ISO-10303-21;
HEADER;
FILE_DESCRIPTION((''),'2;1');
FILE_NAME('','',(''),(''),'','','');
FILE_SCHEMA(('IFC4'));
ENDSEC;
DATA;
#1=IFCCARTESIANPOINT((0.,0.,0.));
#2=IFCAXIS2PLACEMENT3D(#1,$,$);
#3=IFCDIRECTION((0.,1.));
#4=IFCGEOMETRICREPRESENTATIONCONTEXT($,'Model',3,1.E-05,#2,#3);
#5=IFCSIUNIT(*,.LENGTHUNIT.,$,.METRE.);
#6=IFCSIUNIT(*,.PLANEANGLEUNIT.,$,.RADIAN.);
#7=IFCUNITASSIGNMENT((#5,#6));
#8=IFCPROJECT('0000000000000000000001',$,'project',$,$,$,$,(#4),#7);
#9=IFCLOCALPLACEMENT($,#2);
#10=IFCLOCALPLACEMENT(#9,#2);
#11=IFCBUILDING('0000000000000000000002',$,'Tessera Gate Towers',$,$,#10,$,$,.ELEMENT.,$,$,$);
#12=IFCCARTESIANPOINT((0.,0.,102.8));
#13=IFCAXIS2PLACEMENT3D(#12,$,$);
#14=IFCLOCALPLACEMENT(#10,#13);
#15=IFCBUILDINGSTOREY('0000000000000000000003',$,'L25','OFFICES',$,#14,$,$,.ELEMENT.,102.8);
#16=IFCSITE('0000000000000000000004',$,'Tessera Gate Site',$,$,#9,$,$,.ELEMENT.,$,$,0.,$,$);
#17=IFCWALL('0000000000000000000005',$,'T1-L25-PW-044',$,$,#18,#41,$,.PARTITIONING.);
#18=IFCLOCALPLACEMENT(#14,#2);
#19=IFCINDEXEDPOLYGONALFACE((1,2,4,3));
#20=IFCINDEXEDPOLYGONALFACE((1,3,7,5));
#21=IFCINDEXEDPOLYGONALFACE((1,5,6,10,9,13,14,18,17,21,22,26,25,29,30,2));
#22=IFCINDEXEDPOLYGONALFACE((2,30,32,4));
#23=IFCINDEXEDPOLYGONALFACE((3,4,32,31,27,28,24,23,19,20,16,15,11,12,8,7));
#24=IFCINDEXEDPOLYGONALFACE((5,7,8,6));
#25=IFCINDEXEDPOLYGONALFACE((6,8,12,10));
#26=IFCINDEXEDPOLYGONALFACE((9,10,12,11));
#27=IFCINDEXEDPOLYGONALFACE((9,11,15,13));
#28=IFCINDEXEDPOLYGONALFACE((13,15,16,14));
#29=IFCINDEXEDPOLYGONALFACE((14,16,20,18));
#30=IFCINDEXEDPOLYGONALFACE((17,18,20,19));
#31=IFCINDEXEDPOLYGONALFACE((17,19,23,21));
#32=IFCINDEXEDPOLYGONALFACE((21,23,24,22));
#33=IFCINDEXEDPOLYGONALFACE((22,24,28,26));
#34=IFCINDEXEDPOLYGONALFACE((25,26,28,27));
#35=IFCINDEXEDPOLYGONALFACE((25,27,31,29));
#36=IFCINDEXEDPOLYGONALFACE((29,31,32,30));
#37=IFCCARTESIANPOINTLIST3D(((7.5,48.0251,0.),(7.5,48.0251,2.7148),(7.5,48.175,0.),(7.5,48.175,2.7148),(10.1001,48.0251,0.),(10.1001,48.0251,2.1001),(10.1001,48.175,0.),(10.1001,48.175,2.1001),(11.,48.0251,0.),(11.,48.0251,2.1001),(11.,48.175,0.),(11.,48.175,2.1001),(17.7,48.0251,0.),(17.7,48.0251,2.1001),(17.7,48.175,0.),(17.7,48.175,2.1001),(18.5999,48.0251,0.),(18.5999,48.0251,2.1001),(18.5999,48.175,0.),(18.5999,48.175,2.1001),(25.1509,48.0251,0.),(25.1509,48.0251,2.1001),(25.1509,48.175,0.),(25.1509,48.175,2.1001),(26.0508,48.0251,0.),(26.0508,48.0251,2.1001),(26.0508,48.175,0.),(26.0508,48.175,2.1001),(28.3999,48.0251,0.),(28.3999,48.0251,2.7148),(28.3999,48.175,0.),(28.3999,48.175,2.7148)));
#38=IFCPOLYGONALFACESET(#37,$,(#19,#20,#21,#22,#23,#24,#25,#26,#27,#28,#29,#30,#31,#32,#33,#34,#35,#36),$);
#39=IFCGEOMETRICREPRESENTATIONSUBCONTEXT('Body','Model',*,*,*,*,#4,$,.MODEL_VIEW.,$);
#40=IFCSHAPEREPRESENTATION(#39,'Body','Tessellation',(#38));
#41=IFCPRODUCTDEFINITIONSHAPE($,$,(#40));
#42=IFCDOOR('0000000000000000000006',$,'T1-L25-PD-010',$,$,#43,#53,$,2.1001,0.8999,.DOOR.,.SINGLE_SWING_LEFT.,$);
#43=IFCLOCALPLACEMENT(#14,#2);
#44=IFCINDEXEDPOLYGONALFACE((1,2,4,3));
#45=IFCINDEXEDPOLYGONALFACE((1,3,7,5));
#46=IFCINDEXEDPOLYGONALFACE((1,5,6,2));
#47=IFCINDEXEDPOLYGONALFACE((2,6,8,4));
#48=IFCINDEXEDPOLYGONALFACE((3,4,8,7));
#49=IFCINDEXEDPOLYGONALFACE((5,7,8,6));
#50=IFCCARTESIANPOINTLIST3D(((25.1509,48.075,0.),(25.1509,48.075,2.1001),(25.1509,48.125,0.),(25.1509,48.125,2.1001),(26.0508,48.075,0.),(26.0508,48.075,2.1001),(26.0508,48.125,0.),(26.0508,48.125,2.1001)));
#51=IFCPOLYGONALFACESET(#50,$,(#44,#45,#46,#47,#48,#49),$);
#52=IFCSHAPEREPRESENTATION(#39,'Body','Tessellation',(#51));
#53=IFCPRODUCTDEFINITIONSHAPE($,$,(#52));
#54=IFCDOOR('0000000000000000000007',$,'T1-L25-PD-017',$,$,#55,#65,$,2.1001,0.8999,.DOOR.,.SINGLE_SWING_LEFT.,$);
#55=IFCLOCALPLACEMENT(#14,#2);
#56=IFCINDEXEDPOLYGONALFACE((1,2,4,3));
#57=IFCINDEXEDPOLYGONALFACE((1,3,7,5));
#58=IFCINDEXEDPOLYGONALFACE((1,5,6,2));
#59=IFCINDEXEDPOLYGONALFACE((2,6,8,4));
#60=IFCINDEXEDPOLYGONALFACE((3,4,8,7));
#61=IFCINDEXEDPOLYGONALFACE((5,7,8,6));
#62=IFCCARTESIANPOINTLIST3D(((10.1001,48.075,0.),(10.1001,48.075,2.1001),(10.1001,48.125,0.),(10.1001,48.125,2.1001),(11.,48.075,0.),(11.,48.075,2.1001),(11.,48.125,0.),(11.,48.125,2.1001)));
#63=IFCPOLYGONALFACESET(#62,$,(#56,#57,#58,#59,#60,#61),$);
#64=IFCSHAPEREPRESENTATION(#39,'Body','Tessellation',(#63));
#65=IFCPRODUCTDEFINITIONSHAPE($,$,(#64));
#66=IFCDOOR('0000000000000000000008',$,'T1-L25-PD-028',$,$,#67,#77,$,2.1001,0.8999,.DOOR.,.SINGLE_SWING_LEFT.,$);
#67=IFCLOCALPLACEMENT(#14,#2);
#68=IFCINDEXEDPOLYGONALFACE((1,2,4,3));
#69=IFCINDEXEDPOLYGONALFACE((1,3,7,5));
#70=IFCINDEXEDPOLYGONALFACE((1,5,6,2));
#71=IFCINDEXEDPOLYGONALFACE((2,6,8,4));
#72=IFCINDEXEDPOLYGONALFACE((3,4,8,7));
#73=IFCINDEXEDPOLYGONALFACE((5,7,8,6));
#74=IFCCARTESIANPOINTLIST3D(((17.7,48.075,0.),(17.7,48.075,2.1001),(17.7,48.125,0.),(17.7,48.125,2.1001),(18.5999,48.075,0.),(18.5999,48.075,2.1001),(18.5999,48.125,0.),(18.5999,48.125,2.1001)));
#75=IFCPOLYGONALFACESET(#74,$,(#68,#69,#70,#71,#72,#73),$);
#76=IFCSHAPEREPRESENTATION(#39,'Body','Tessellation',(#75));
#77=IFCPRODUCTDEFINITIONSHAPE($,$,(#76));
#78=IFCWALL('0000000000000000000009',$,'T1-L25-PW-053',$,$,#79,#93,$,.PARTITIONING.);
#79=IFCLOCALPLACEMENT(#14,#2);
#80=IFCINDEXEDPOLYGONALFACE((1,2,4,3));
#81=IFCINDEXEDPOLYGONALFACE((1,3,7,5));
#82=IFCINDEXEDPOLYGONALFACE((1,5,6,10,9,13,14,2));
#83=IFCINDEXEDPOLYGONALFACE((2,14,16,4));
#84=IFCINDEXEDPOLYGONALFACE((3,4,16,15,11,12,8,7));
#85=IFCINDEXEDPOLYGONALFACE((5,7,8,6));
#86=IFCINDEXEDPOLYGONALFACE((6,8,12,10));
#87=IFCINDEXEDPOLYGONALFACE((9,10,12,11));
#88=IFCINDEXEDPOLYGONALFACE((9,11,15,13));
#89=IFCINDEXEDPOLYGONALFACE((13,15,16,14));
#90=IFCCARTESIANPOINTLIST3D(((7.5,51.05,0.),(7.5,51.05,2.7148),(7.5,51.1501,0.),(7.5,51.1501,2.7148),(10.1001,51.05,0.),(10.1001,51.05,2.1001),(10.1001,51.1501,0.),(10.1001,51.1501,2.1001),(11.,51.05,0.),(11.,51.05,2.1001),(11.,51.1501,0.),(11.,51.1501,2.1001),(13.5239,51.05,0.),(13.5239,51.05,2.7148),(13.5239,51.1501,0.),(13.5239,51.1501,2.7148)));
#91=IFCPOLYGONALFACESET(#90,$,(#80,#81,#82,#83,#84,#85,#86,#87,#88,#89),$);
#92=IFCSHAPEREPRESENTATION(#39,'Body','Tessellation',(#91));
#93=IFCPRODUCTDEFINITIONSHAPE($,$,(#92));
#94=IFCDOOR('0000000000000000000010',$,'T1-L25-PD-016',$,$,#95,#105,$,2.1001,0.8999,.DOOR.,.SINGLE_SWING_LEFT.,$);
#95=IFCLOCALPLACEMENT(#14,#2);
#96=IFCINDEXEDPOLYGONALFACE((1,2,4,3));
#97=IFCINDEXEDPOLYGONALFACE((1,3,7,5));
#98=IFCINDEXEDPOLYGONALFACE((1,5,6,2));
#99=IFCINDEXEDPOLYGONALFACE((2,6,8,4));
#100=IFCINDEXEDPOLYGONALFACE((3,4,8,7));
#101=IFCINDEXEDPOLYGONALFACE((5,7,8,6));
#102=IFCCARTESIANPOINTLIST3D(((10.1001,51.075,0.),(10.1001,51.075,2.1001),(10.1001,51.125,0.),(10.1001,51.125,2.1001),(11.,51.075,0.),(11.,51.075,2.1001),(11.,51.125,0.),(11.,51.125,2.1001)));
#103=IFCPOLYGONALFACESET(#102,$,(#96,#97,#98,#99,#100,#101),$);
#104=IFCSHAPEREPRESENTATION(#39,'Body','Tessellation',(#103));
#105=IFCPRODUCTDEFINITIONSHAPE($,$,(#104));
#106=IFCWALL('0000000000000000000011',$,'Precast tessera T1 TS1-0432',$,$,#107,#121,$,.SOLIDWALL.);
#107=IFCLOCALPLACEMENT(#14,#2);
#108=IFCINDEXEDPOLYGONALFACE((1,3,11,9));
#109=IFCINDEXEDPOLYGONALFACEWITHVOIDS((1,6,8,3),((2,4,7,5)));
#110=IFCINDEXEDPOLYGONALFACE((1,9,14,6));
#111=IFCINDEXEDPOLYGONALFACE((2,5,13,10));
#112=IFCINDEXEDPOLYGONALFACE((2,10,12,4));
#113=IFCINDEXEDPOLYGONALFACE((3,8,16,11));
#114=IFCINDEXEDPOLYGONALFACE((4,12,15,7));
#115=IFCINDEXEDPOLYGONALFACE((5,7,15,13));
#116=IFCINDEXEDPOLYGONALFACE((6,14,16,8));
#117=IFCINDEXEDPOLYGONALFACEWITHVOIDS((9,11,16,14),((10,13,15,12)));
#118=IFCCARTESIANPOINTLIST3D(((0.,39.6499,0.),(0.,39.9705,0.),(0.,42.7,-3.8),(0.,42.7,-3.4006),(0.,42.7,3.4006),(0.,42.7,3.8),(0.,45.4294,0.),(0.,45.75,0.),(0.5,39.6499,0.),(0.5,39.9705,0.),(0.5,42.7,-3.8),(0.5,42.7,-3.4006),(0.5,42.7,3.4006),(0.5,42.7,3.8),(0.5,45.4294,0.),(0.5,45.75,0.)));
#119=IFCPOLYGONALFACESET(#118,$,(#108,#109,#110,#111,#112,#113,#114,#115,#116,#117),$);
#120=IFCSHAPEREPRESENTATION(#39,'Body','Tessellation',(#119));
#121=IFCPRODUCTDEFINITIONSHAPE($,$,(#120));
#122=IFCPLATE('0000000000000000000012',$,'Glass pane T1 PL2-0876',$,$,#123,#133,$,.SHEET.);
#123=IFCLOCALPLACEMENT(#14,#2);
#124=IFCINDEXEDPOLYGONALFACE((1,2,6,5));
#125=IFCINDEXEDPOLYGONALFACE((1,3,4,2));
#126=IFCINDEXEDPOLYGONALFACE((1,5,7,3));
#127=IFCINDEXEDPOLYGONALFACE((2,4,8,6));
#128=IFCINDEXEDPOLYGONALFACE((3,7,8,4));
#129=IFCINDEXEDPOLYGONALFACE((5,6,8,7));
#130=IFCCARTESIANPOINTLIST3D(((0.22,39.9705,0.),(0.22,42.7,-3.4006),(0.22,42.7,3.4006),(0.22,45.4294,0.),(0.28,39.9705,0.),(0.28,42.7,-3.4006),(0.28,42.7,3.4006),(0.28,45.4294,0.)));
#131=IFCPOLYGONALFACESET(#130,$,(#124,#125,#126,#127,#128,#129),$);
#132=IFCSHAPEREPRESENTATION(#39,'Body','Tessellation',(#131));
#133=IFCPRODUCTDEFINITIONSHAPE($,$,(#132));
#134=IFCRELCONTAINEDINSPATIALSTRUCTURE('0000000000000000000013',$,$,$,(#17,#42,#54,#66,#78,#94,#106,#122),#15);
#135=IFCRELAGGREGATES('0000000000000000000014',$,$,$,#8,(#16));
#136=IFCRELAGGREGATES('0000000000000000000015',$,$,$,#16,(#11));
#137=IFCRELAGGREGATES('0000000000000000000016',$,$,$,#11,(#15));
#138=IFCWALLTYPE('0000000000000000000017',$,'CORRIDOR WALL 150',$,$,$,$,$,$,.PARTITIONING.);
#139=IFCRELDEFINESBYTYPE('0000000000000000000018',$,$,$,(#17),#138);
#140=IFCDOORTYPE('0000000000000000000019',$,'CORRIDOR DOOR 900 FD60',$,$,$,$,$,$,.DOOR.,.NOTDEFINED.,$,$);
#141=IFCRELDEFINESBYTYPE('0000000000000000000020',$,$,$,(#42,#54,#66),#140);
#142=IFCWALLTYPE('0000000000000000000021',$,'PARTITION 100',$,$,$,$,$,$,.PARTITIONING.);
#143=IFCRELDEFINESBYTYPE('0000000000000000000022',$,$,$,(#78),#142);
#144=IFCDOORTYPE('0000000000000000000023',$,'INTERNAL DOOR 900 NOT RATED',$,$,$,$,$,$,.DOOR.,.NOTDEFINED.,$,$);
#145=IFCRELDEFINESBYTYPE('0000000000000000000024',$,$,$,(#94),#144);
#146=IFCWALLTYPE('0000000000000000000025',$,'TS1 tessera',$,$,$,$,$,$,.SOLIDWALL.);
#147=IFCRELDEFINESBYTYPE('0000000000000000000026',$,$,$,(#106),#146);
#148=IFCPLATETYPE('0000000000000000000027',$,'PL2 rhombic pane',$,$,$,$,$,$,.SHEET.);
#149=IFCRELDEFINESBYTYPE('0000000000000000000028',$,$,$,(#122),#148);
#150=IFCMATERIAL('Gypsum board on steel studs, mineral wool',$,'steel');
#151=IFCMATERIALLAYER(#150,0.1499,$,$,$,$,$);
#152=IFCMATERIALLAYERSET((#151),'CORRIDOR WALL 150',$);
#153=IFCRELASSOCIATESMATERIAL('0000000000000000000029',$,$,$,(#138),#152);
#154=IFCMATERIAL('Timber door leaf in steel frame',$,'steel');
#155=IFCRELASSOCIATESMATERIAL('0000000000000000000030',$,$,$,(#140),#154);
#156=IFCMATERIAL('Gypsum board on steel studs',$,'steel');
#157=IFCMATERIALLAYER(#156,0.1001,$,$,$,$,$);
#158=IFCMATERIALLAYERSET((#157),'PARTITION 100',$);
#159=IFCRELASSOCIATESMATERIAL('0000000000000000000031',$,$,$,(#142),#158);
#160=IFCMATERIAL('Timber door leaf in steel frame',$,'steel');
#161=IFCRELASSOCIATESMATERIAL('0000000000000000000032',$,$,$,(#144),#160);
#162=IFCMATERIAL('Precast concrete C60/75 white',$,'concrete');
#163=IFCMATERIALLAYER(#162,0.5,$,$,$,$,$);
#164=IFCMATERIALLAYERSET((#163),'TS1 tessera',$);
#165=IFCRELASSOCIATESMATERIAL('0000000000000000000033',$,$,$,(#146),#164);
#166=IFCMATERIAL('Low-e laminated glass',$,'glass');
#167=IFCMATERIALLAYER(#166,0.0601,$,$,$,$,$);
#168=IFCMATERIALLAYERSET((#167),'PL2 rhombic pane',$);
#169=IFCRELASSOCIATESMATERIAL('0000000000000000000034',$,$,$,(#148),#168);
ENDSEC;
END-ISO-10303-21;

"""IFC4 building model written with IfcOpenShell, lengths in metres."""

from ifc_helpers import new_model, si_unit, direction, frame, frame_2d, origin, place, context, subcontext, project, spatial, polyline, rectangle, outline, extrude, source, transform, mapped, material, layer, layer_set, type_object, element, fill, save


model = new_model("IFC4")

# Units and contexts
model_context = context("Model", 3, precision=1e-05, world=origin(), true_north=direction((0.0, 1.0)))
body_context = subcontext(model_context, "Body", "Model", "MODEL_VIEW")
ifc_project = project(units=[si_unit("LENGTHUNIT", "METRE"), si_unit("PLANEANGLEUNIT", "RADIAN")], contexts=[model_context])

# Site, building, storey
site_placement = place(None, origin())
site = spatial("IfcSite", under=ifc_project, at=site_placement, Name="Tessera Gate Site", CompositionType="ELEMENT", RefElevation=0.0)
building_placement = place(site_placement, origin())
building = spatial("IfcBuilding", under=site, at=building_placement, Name="Tessera Gate Towers", CompositionType="ELEMENT")
storey_placement = place(building_placement, frame((0.0, 0.0, 102.8)))
storey = spatial("IfcBuildingStorey", under=building, at=storey_placement, Name="L25", Description="OFFICES", CompositionType="ELEMENT", Elevation=102.8)

# Wall, openings, doors
ifc_material_1 = material(Name="Gypsum board on steel studs, mineral wool", Category="steel")
ifc_layer_1 = layer(ifc_material_1, 0.1499)
ifc_layer_set_1 = layer_set([ifc_layer_1], Name="CORRIDOR WALL 150")
wall_type_1 = type_object("IfcWallType", Name="CORRIDOR WALL 150", PredefinedType="PARTITIONING", material=ifc_layer_set_1)
wall_1_placement = place(storey_placement, frame((7.5, 48.1001, 0.0), z_axis=(0.0, 0.0, 1.0), x_axis=(1.0, 0.0, 0.0)))
wall_1 = element("IfcWall", 1, at=wall_1_placement, inside=storey, type_object=wall_type_1, Name="T1-L25-PW-044", PredefinedType="PARTITIONING", context=body_context, shape_type="SweptSolid", body=[
    extrude(rectangle(XDim=20.8999, YDim=0.1499, at=frame_2d((10.45, 0.0))), origin(), (0.0, 0.0, 1.0), 2.7148),
])
shared_shape_1 = source(origin(), body_context, "Body", "SweptSolid", [
    extrude(rectangle(XDim=0.8999, YDim=2.1001, at=frame_2d((0.45, 1.05))), frame((0.0, 0.085, 0.0), z_axis=(0.0, -1.0, 0.0), x_axis=(1.0, 0.0, 0.0)), (0.0, 0.0, 1.0), 0.1699),
])
opening_1_placement = place(wall_1_placement, frame((17.6509, 0.0, 0.0)))
opening_1 = element("IfcOpeningElement", 2, at=opening_1_placement, cuts=wall_1, PredefinedType="OPENING", context=body_context, shape_type="MappedRepresentation", body=[
    mapped(shared_shape_1, transform((0.0, 0.0, 0.0), scale=1.0)),
])
opening_2_placement = place(wall_1_placement, frame((2.6001, 0.0, 0.0)))
opening_2 = element("IfcOpeningElement", 3, at=opening_2_placement, cuts=wall_1, PredefinedType="OPENING", context=body_context, shape_type="MappedRepresentation", body=[
    mapped(shared_shape_1, transform((0.0, 0.0, 0.0), scale=1.0)),
])
opening_3_placement = place(wall_1_placement, frame((10.2, 0.0, 0.0)))
opening_3 = element("IfcOpeningElement", 4, at=opening_3_placement, cuts=wall_1, PredefinedType="OPENING", context=body_context, shape_type="MappedRepresentation", body=[
    mapped(shared_shape_1, transform((0.0, 0.0, 0.0), scale=1.0)),
])
ifc_material_2 = material(Name="Timber door leaf in steel frame", Category="steel")
door_type_1 = type_object("IfcDoorType", Name="CORRIDOR DOOR 900 FD60", OperationType="NOTDEFINED", PredefinedType="DOOR", material=ifc_material_2)
shared_shape_2 = source(origin(), body_context, "Body", "SweptSolid", [
    extrude(rectangle(XDim=0.8999, YDim=2.1001, at=frame_2d((0.45, 1.05))), frame((0.0, 0.0249, 0.0), z_axis=(0.0, -1.0, 0.0), x_axis=(1.0, 0.0, 0.0)), (0.0, 0.0, 1.0), 0.05),
])
door_1_placement = place(opening_1_placement, origin())
door_1 = element("IfcDoor", 5, at=door_1_placement, inside=storey, type_object=door_type_1, Name="T1-L25-PD-010", OperationType="SINGLE_SWING_LEFT", OverallHeight=2.1001, OverallWidth=0.8999, PredefinedType="DOOR", context=body_context, shape_type="MappedRepresentation", body=[
    mapped(shared_shape_2, transform((0.0, 0.0, 0.0), scale=1.0)),
])
fill(opening_1, door_1)
door_2_placement = place(opening_2_placement, origin())
door_2 = element("IfcDoor", 6, at=door_2_placement, inside=storey, type_object=door_type_1, Name="T1-L25-PD-017", OperationType="SINGLE_SWING_LEFT", OverallHeight=2.1001, OverallWidth=0.8999, PredefinedType="DOOR", context=body_context, shape_type="MappedRepresentation", body=[
    mapped(shared_shape_2, transform((0.0, 0.0, 0.0), scale=1.0)),
])
fill(opening_2, door_2)
door_3_placement = place(opening_3_placement, origin())
door_3 = element("IfcDoor", 7, at=door_3_placement, inside=storey, type_object=door_type_1, Name="T1-L25-PD-028", OperationType="SINGLE_SWING_LEFT", OverallHeight=2.1001, OverallWidth=0.8999, PredefinedType="DOOR", context=body_context, shape_type="MappedRepresentation", body=[
    mapped(shared_shape_2, transform((0.0, 0.0, 0.0), scale=1.0)),
])
fill(opening_3, door_3)

# Wall, opening, door
ifc_material_3 = material(Name="Gypsum board on steel studs", Category="steel")
ifc_layer_2 = layer(ifc_material_3, 0.1001)
ifc_layer_set_2 = layer_set([ifc_layer_2], Name="PARTITION 100")
wall_type_2 = type_object("IfcWallType", Name="PARTITION 100", PredefinedType="PARTITIONING", material=ifc_layer_set_2)
wall_2_placement = place(storey_placement, frame((7.5, 51.1001, 0.0), z_axis=(0.0, 0.0, 1.0), x_axis=(1.0, 0.0, 0.0)))
wall_2 = element("IfcWall", 8, at=wall_2_placement, inside=storey, type_object=wall_type_2, Name="T1-L25-PW-053", PredefinedType="PARTITIONING", context=body_context, shape_type="SweptSolid", body=[
    extrude(rectangle(XDim=6.0239, YDim=0.1001, at=frame_2d((3.012, 0.0))), origin(), (0.0, 0.0, 1.0), 2.7148),
])
shared_shape_3 = source(origin(), body_context, "Body", "SweptSolid", [
    extrude(rectangle(XDim=0.8999, YDim=2.1001, at=frame_2d((0.45, 1.05))), frame((0.0, 0.0601, 0.0), z_axis=(0.0, -1.0, 0.0), x_axis=(1.0, 0.0, 0.0)), (0.0, 0.0, 1.0), 0.1201),
])
opening_4_placement = place(wall_2_placement, frame((2.6001, 0.0, 0.0)))
opening_4 = element("IfcOpeningElement", 9, at=opening_4_placement, cuts=wall_2, PredefinedType="OPENING", context=body_context, shape_type="MappedRepresentation", body=[
    mapped(shared_shape_3, transform((0.0, 0.0, 0.0), scale=1.0)),
])
ifc_material_4 = material(Name="Timber door leaf in steel frame", Category="steel")
door_type_2 = type_object("IfcDoorType", Name="INTERNAL DOOR 900 NOT RATED", OperationType="NOTDEFINED", PredefinedType="DOOR", material=ifc_material_4)
door_4_placement = place(opening_4_placement, origin())
door_4 = element("IfcDoor", 10, at=door_4_placement, inside=storey, type_object=door_type_2, Name="T1-L25-PD-016", OperationType="SINGLE_SWING_LEFT", OverallHeight=2.1001, OverallWidth=0.8999, PredefinedType="DOOR", context=body_context, shape_type="MappedRepresentation", body=[
    mapped(shared_shape_2, transform((0.0, 0.0, 0.0), scale=1.0)),
])
fill(opening_4, door_4)

# Wall, opening, plate
ifc_material_5 = material(Name="Precast concrete C60/75 white", Category="concrete")
ifc_layer_3 = layer(ifc_material_5, 0.5)
ifc_layer_set_3 = layer_set([ifc_layer_3], Name="TS1 tessera")
wall_type_3 = type_object("IfcWallType", Name="TS1 tessera", PredefinedType="SOLIDWALL", material=ifc_layer_set_3)
shared_shape_4 = source(origin(), body_context, "Body", "SweptSolid", [
    extrude(outline(polyline([(3.05, 0.0), (6.1001, 3.8), (3.05, 7.6001), (0.0, 3.8), (3.05, 0.0)])), frame((0.0, 0.25, 0.0), z_axis=(0.0, -1.0, 0.0), x_axis=(1.0, 0.0, 0.0)), (0.0, 0.0, 1.0), 0.5),
])
wall_3_placement = place(storey_placement, frame((0.25, 45.75, -3.8), z_axis=(0.0, 0.0, 1.0), x_axis=(0.0, -1.0, 0.0)))
wall_3 = element("IfcWall", 11, at=wall_3_placement, inside=storey, type_object=wall_type_3, Name="Precast tessera T1 TS1-0432", PredefinedType="SOLIDWALL", context=body_context, shape_type="MappedRepresentation", body=[
    mapped(shared_shape_4, transform((0.0, 0.0, 0.0), scale=1.0)),
])
shared_shape_5 = source(origin(), body_context, "Body", "SweptSolid", [
    extrude(outline(polyline([(3.05, 0.3994), (5.7795, 3.8), (3.05, 7.2007), (0.3206, 3.8), (3.05, 0.3994)])), frame((0.0, 0.26, 0.0), z_axis=(0.0, -1.0, 0.0), x_axis=(1.0, 0.0, 0.0)), (0.0, 0.0, 1.0), 0.52),
])
opening_5_placement = place(wall_3_placement, origin())
opening_5 = element("IfcOpeningElement", 12, at=opening_5_placement, cuts=wall_3, PredefinedType="OPENING", context=body_context, shape_type="MappedRepresentation", body=[
    mapped(shared_shape_5, transform((0.0, 0.0, 0.0), scale=1.0)),
])
ifc_material_6 = material(Name="Low-e laminated glass", Category="glass")
ifc_layer_4 = layer(ifc_material_6, 0.0601)
ifc_layer_set_4 = layer_set([ifc_layer_4], Name="PL2 rhombic pane")
plate_type = type_object("IfcPlateType", Name="PL2 rhombic pane", PredefinedType="SHEET", material=ifc_layer_set_4)
shared_shape_6 = source(origin(), body_context, "Body", "SweptSolid", [
    extrude(outline(polyline([(3.05, 0.3994), (5.7795, 3.8), (3.05, 7.2007), (0.3206, 3.8), (3.05, 0.3994)])), frame((0.0, 0.03, 0.0), z_axis=(0.0, -1.0, 0.0), x_axis=(1.0, 0.0, 0.0)), (0.0, 0.0, 1.0), 0.0601),
])
plate_placement = place(opening_5_placement, origin())
plate = element("IfcPlate", 13, at=plate_placement, inside=storey, type_object=plate_type, Name="Glass pane T1 PL2-0876", PredefinedType="SHEET", context=body_context, shape_type="MappedRepresentation", body=[
    mapped(shared_shape_6, transform((0.0, 0.0, 0.0), scale=1.0)),
])
fill(opening_5, plate)

save(model, "model.ifc")
